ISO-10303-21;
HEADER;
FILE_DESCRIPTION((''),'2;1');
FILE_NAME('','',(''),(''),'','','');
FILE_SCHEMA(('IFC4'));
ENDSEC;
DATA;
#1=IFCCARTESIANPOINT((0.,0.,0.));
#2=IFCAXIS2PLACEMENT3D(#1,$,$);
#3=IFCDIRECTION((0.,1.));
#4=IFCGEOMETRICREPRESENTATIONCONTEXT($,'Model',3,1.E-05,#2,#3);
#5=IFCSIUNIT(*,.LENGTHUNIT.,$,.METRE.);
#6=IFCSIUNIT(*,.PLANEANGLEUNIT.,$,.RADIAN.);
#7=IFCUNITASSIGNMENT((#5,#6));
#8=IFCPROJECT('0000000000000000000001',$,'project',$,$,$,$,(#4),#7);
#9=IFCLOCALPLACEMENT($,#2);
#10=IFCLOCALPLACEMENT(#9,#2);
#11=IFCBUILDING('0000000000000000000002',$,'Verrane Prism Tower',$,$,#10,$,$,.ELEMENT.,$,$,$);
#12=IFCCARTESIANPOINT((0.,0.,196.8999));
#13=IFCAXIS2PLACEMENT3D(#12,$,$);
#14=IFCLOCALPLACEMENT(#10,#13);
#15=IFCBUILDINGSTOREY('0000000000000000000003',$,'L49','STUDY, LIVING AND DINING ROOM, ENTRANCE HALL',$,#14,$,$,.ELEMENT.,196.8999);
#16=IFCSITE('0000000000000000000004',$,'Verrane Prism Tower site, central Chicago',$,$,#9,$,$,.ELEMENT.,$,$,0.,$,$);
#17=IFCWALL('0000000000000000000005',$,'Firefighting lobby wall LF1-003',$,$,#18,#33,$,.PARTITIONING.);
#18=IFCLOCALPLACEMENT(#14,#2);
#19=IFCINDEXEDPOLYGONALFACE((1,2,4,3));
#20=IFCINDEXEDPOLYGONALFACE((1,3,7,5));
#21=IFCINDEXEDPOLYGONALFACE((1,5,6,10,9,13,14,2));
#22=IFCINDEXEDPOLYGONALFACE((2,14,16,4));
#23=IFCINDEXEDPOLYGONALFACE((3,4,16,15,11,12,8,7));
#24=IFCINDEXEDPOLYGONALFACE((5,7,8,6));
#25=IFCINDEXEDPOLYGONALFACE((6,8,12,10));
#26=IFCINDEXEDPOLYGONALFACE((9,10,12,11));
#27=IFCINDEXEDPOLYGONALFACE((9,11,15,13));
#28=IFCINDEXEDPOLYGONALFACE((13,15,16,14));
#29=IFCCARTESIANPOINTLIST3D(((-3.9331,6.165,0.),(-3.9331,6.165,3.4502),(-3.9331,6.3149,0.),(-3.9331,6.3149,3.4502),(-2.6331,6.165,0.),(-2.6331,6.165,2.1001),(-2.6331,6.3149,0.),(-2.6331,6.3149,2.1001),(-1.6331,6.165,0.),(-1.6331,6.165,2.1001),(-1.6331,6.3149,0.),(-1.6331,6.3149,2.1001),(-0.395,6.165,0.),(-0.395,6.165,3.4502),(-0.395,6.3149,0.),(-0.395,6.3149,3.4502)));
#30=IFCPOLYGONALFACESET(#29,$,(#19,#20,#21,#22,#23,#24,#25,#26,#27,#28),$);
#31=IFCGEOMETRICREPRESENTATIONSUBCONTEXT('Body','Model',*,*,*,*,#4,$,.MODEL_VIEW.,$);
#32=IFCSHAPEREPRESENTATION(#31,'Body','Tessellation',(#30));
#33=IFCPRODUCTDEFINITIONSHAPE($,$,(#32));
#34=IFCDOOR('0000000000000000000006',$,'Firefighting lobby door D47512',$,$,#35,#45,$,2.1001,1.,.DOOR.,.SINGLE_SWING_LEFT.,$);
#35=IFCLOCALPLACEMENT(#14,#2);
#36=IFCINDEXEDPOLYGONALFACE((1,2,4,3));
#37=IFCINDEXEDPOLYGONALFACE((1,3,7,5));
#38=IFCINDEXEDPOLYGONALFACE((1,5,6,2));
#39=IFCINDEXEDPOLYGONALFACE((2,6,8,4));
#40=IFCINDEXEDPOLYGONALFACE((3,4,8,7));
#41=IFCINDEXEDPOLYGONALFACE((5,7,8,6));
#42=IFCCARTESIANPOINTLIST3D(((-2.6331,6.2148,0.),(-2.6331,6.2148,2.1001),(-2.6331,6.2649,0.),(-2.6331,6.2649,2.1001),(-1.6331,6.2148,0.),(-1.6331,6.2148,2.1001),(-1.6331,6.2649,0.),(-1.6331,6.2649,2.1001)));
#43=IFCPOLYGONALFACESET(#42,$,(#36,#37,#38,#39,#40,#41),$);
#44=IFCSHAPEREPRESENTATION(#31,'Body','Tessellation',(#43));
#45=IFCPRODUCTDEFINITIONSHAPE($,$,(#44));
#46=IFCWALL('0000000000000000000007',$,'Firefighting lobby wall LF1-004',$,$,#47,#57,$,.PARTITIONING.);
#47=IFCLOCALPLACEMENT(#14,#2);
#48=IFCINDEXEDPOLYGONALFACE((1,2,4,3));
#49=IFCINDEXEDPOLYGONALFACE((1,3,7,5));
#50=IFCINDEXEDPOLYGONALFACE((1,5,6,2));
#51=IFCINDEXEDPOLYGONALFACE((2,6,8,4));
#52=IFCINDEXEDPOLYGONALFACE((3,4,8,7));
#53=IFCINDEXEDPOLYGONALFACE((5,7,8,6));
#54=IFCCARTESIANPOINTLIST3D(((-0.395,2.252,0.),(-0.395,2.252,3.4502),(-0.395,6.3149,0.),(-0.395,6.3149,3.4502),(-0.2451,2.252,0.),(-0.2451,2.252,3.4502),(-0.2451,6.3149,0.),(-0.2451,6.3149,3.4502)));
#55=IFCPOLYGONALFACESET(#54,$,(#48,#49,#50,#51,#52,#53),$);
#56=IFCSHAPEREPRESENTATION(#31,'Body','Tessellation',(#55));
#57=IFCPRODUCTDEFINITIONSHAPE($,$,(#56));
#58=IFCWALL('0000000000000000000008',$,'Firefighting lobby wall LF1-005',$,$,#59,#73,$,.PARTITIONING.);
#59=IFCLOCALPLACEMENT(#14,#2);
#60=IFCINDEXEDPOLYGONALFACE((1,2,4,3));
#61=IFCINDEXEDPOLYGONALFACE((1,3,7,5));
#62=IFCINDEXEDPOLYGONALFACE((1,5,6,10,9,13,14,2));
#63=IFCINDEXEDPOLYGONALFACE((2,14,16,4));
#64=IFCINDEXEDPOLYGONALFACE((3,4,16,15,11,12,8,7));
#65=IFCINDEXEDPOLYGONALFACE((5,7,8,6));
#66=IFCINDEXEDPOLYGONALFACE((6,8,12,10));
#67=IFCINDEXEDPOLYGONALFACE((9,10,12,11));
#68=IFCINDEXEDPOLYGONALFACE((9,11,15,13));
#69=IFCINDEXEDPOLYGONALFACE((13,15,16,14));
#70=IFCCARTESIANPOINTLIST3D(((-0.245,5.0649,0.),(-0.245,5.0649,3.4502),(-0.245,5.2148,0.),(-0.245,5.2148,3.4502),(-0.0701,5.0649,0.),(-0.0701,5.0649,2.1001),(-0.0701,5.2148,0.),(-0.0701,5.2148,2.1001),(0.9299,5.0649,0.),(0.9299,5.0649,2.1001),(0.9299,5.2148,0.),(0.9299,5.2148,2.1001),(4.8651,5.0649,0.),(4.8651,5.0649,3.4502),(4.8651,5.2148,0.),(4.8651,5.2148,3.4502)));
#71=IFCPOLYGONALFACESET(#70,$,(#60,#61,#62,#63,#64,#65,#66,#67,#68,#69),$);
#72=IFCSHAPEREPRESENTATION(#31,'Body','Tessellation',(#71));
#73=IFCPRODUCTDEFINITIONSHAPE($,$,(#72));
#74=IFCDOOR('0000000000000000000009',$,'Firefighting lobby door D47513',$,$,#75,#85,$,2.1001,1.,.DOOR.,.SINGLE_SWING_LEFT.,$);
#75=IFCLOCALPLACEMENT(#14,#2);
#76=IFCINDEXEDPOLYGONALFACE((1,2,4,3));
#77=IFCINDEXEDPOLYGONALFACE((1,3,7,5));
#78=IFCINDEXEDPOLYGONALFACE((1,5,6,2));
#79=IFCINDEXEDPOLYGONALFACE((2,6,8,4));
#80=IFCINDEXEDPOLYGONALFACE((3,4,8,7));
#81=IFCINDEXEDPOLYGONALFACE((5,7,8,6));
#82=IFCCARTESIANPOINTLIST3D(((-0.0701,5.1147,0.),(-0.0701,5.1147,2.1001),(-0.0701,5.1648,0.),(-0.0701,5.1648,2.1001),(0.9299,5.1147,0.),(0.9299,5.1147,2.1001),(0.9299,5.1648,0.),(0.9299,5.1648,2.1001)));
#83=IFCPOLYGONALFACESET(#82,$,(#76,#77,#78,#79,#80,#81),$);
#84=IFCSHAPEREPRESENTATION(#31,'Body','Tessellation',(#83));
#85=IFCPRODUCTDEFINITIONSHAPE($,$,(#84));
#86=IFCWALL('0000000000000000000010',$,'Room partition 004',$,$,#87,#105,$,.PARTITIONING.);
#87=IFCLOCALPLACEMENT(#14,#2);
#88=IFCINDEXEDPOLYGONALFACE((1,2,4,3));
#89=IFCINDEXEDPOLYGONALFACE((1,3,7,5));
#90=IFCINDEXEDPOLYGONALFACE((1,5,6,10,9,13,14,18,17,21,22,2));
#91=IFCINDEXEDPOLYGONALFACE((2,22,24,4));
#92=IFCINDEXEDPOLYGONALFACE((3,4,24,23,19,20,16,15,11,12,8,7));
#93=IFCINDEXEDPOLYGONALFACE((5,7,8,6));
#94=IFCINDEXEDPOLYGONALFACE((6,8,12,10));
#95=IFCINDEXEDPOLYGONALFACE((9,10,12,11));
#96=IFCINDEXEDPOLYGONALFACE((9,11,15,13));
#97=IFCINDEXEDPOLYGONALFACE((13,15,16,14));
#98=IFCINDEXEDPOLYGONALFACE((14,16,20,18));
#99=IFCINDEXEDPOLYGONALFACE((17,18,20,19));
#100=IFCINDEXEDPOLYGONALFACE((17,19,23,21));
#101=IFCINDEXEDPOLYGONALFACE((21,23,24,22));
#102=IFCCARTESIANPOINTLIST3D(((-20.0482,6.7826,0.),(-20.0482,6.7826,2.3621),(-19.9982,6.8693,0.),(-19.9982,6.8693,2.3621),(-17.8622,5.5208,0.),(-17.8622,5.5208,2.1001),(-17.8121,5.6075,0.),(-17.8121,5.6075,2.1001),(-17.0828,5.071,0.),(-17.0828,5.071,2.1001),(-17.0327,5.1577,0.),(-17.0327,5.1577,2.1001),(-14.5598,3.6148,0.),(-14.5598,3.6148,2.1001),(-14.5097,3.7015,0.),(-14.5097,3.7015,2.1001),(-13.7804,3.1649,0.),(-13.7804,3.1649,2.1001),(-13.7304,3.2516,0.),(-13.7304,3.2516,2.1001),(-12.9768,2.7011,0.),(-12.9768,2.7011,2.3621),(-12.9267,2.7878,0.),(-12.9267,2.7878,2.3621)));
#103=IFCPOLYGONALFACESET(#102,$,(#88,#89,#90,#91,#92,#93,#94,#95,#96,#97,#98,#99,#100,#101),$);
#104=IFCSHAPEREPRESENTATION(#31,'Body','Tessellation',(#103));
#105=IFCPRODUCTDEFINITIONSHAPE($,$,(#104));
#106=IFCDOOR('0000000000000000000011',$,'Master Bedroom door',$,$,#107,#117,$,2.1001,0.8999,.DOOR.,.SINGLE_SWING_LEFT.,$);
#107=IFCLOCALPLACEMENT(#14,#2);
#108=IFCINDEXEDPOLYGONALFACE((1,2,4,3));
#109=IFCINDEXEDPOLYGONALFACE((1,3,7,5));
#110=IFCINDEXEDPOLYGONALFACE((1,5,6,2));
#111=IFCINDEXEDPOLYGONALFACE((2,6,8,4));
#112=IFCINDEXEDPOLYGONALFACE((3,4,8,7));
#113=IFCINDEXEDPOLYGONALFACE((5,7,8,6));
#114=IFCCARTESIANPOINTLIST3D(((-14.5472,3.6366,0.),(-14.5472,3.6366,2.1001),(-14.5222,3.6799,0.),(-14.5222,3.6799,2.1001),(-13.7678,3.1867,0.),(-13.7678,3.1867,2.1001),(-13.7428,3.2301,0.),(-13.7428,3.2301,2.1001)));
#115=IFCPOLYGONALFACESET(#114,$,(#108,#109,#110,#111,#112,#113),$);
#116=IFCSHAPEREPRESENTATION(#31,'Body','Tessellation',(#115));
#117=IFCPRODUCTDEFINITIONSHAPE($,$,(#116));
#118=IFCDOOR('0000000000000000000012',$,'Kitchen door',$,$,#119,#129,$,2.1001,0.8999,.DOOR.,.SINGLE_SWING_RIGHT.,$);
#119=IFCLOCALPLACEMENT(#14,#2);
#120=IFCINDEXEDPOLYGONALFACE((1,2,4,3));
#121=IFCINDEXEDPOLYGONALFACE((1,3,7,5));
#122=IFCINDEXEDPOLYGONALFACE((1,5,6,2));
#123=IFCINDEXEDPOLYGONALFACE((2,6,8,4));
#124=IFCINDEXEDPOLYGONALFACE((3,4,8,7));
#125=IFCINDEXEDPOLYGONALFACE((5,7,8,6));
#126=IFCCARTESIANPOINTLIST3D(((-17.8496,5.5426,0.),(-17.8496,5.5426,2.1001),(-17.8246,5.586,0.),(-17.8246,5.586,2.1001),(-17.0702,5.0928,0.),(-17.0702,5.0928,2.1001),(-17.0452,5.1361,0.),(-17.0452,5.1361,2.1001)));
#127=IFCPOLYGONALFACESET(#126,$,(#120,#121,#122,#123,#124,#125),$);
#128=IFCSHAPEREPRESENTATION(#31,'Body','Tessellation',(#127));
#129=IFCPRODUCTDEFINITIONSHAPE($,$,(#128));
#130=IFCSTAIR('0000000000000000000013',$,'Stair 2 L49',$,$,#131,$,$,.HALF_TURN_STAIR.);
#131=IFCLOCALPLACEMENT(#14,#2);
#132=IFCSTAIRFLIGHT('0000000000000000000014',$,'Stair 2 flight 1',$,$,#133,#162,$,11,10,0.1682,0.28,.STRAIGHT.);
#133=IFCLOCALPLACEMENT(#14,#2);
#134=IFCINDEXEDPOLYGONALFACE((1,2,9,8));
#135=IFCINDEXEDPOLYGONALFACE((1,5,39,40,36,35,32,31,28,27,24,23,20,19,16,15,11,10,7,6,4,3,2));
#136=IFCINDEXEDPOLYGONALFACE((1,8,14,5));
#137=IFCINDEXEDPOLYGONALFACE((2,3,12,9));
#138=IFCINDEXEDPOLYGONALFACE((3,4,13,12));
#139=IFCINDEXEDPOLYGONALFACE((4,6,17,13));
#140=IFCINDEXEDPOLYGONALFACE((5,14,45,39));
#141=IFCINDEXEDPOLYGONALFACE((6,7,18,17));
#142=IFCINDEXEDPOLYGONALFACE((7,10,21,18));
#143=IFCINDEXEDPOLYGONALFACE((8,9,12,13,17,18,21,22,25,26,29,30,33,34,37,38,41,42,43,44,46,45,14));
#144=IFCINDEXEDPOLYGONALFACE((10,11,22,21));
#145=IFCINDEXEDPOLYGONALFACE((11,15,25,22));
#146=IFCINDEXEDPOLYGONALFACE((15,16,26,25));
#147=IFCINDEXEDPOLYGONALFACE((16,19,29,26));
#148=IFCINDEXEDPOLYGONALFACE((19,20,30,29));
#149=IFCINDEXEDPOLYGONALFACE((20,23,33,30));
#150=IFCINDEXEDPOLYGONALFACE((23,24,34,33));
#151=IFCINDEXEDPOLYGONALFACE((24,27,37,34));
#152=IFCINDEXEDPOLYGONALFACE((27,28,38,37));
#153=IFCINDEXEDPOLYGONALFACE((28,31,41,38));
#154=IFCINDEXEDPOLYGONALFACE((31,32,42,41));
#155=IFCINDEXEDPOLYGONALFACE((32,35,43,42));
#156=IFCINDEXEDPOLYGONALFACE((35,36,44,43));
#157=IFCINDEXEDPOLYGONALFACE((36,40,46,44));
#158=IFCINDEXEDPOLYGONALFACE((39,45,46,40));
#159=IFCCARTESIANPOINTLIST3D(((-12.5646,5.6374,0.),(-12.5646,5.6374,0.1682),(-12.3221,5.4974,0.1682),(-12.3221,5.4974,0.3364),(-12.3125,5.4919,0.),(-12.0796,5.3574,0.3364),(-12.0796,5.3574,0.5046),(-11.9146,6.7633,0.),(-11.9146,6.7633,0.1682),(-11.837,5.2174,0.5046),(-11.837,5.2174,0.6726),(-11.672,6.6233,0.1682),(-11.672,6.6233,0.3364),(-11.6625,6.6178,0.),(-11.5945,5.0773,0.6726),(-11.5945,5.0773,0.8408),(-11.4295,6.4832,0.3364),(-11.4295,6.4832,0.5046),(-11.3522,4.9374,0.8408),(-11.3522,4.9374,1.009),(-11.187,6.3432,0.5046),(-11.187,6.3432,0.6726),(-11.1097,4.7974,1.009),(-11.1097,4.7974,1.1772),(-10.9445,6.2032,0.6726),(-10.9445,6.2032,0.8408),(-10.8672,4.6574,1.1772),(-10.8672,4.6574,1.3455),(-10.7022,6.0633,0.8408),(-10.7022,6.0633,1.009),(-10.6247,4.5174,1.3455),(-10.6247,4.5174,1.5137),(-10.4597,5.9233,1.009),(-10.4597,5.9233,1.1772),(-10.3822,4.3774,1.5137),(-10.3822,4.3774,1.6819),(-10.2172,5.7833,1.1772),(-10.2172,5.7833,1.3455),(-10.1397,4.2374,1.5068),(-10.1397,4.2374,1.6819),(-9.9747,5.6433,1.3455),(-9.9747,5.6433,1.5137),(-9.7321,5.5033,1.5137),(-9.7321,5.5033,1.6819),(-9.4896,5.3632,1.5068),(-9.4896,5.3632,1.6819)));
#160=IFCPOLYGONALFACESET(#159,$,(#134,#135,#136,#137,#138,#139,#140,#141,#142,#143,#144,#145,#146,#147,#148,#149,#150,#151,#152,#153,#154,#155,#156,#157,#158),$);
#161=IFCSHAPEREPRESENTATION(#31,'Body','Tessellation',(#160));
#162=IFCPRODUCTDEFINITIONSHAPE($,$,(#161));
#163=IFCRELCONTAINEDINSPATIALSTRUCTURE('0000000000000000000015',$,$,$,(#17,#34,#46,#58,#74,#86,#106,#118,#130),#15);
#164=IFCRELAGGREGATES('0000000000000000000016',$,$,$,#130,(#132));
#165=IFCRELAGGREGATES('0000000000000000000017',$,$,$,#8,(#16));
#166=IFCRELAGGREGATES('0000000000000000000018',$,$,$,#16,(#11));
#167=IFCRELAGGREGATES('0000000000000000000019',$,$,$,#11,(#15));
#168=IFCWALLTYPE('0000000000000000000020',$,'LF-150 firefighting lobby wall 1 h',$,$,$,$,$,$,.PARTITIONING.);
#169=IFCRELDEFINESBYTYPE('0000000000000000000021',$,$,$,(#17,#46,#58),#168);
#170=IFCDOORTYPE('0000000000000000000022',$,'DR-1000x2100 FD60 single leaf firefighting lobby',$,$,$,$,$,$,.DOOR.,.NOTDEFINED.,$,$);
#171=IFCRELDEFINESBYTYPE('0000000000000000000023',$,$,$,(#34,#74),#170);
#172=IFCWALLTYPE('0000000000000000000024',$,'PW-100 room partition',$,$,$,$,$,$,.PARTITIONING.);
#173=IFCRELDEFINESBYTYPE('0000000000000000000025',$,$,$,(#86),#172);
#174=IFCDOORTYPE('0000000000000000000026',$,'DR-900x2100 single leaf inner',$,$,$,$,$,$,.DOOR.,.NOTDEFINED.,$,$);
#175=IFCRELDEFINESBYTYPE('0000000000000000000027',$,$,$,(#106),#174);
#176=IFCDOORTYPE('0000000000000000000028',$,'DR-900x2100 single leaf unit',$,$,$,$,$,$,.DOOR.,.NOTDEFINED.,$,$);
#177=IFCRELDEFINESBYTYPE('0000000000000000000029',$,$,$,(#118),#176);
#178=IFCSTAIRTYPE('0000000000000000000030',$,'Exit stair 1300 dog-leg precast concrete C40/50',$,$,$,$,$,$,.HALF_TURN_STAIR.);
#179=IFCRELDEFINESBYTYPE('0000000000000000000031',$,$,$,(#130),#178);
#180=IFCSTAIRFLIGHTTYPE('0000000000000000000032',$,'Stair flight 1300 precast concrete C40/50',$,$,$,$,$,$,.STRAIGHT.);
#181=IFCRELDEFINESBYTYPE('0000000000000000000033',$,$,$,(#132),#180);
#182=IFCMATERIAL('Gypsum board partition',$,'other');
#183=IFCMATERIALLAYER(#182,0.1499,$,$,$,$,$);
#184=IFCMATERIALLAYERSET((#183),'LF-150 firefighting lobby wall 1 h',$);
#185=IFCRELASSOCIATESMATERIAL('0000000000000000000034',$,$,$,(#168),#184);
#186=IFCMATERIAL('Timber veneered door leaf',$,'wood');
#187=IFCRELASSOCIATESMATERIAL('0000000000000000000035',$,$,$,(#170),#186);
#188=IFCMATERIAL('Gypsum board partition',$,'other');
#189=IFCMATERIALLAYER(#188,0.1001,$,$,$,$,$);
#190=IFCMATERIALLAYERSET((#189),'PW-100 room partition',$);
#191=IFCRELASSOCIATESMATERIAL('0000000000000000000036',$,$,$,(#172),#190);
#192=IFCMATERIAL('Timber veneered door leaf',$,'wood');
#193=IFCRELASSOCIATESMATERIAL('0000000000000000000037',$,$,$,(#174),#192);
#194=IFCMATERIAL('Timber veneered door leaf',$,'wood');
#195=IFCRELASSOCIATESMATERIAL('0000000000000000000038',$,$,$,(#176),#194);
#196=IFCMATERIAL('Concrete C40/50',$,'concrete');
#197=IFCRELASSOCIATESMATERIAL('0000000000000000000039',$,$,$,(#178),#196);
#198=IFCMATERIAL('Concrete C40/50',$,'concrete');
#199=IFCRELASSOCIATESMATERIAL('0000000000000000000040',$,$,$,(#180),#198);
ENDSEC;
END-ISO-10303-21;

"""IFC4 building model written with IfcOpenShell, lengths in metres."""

from ifc_helpers import new_model, si_unit, direction, frame, frame_2d, origin, place, context, subcontext, project, spatial, polyline, rectangle, outline, extrude, material, layer, layer_set, type_object, element, fill, aggregate, save


model = new_model("IFC4")

# Units and contexts
model_context = context("Model", 3, precision=1e-05, world=origin(), true_north=direction((0.0, 1.0)))
body_context = subcontext(model_context, "Body", "Model", "MODEL_VIEW")
ifc_project = project(units=[si_unit("LENGTHUNIT", "METRE"), si_unit("PLANEANGLEUNIT", "RADIAN")], contexts=[model_context])

# Site, building, storey
site_placement = place(None, origin())
site = spatial("IfcSite", under=ifc_project, at=site_placement, Name="Verrane Prism Tower site, central Chicago", CompositionType="ELEMENT", RefElevation=0.0)
building_placement = place(site_placement, origin())
building = spatial("IfcBuilding", under=site, at=building_placement, Name="Verrane Prism Tower", CompositionType="ELEMENT")
storey_placement = place(building_placement, frame((0.0, 0.0, 196.8999)))
storey = spatial("IfcBuildingStorey", under=building, at=storey_placement, Name="L49", Description="STUDY, LIVING AND DINING ROOM, ENTRANCE HALL", CompositionType="ELEMENT", Elevation=196.8999)

# Shared definitions
ifc_material_1 = material(Name="Gypsum board partition", Category="other")
ifc_layer_1 = layer(ifc_material_1, 0.1499)
ifc_layer_set_1 = layer_set([ifc_layer_1], Name="LF-150 firefighting lobby wall 1 h")
wall_type_1 = type_object("IfcWallType", Name="LF-150 firefighting lobby wall 1 h", PredefinedType="PARTITIONING", material=ifc_layer_set_1)

# Wall, opening, door
wall_1_placement = place(storey_placement, frame((-3.9331, 6.24, 0.0), z_axis=(0.0, 0.0, 1.0), x_axis=(1.0, 0.0, 0.0)))
wall_1 = element("IfcWall", 1, at=wall_1_placement, inside=storey, type_object=wall_type_1, Name="Firefighting lobby wall LF1-003", PredefinedType="PARTITIONING", context=body_context, shape_type="SweptSolid", body=[
    extrude(rectangle(XDim=3.5381, YDim=0.1499, at=frame_2d((1.769, 0.0))), origin(), (0.0, 0.0, 1.0), 3.4502),
])
opening_1_placement = place(wall_1_placement, frame((1.3, 0.0, 0.0)))
opening_1 = element("IfcOpeningElement", 2, at=opening_1_placement, cuts=wall_1, PredefinedType="OPENING", context=body_context, shape_type="SweptSolid", body=[
    extrude(rectangle(XDim=1.0, YDim=2.1001, at=frame_2d((0.5, 1.05))), frame((0.0, 0.085, 0.0), z_axis=(0.0, -1.0, 0.0), x_axis=(1.0, 0.0, 0.0)), (0.0, 0.0, 1.0), 0.1699),
])
ifc_material_2 = material(Name="Timber veneered door leaf", Category="wood")
door_type_1 = type_object("IfcDoorType", Name="DR-1000x2100 FD60 single leaf firefighting lobby", OperationType="NOTDEFINED", PredefinedType="DOOR", material=ifc_material_2)
door_1_placement = place(opening_1_placement, origin())
door_1 = element("IfcDoor", 3, at=door_1_placement, inside=storey, type_object=door_type_1, Name="Firefighting lobby door D47512", OperationType="SINGLE_SWING_LEFT", OverallHeight=2.1001, OverallWidth=1.0, PredefinedType="DOOR", context=body_context, shape_type="SweptSolid", body=[
    extrude(rectangle(XDim=1.0, YDim=2.1001, at=frame_2d((0.5, 1.05))), frame((0.0, 0.0249, 0.0), z_axis=(0.0, -1.0, 0.0), x_axis=(1.0, 0.0, 0.0)), (0.0, 0.0, 1.0), 0.05),
])
fill(opening_1, door_1)

# Wall
wall_2_placement = place(storey_placement, frame((-0.3201, 2.252, 0.0), z_axis=(0.0, 0.0, 1.0), x_axis=(0.0, 1.0, 0.0)))
element("IfcWall", 4, at=wall_2_placement, inside=storey, type_object=wall_type_1, Name="Firefighting lobby wall LF1-004", PredefinedType="PARTITIONING", context=body_context, shape_type="SweptSolid", body=[
    extrude(rectangle(XDim=4.063, YDim=0.1499, at=frame_2d((2.0315, 0.0))), origin(), (0.0, 0.0, 1.0), 3.4502),
])

# Wall, opening, door
wall_3_placement = place(storey_placement, frame((-0.2451, 5.1399, 0.0), z_axis=(0.0, 0.0, 1.0), x_axis=(1.0, 0.0, 0.0)))
wall_3 = element("IfcWall", 5, at=wall_3_placement, inside=storey, type_object=wall_type_1, Name="Firefighting lobby wall LF1-005", PredefinedType="PARTITIONING", context=body_context, shape_type="SweptSolid", body=[
    extrude(rectangle(XDim=5.1101, YDim=0.1499, at=frame_2d((2.5552, 0.0))), origin(), (0.0, 0.0, 1.0), 3.4502),
])
opening_2_placement = place(wall_3_placement, frame((0.175, 0.0, 0.0)))
opening_2 = element("IfcOpeningElement", 6, at=opening_2_placement, cuts=wall_3, PredefinedType="OPENING", context=body_context, shape_type="SweptSolid", body=[
    extrude(rectangle(XDim=1.0, YDim=2.1001, at=frame_2d((0.5, 1.05))), frame((0.0, 0.085, 0.0), z_axis=(0.0, -1.0, 0.0), x_axis=(1.0, 0.0, 0.0)), (0.0, 0.0, 1.0), 0.1699),
])
door_2_placement = place(opening_2_placement, origin())
door_2 = element("IfcDoor", 7, at=door_2_placement, inside=storey, type_object=door_type_1, Name="Firefighting lobby door D47513", OperationType="SINGLE_SWING_LEFT", OverallHeight=2.1001, OverallWidth=1.0, PredefinedType="DOOR", context=body_context, shape_type="SweptSolid", body=[
    extrude(rectangle(XDim=1.0, YDim=2.1001, at=frame_2d((0.5, 1.05))), frame((0.0, 0.0249, 0.0), z_axis=(0.0, -1.0, 0.0), x_axis=(1.0, 0.0, 0.0)), (0.0, 0.0, 1.0), 0.05),
])
fill(opening_2, door_2)

# Wall, openings, doors
ifc_material_3 = material(Name="Gypsum board partition", Category="other")
ifc_layer_2 = layer(ifc_material_3, 0.1001)
ifc_layer_set_2 = layer_set([ifc_layer_2], Name="PW-100 room partition")
wall_type_2 = type_object("IfcWallType", Name="PW-100 room partition", PredefinedType="PARTITIONING", material=ifc_layer_set_2)
wall_4_placement = place(storey_placement, frame((-12.9517, 2.7444, 0.0), z_axis=(0.0, 0.0, 1.0), x_axis=(-0.866089, 0.499889, 0.0)))
wall_4 = element("IfcWall", 8, at=wall_4_placement, inside=storey, type_object=wall_type_2, Name="Room partition 004", PredefinedType="PARTITIONING", context=body_context, shape_type="SweptSolid", body=[
    extrude(rectangle(XDim=8.1648, YDim=0.1001, at=frame_2d((4.0825, 0.0))), origin(), (0.0, 0.0, 1.0), 2.3621),
])
opening_3_placement = place(wall_4_placement, frame((4.741, 0.0, 0.0)))
opening_3 = element("IfcOpeningElement", 9, at=opening_3_placement, cuts=wall_4, PredefinedType="OPENING", context=body_context, shape_type="SweptSolid", body=[
    extrude(rectangle(XDim=0.8999, YDim=2.1001, at=frame_2d((0.45, 1.05))), frame((0.0, 0.0601, 0.0), z_axis=(0.0, -1.0, 0.0), x_axis=(1.0, 0.0, 0.0)), (0.0, 0.0, 1.0), 0.1201),
])
opening_4_placement = place(wall_4_placement, frame((0.928, 0.0, 0.0)))
opening_4 = element("IfcOpeningElement", 10, at=opening_4_placement, cuts=wall_4, PredefinedType="OPENING", context=body_context, shape_type="SweptSolid", body=[
    extrude(rectangle(XDim=0.8999, YDim=2.1001, at=frame_2d((0.45, 1.05))), frame((0.0, 0.0601, 0.0), z_axis=(0.0, -1.0, 0.0), x_axis=(1.0, 0.0, 0.0)), (0.0, 0.0, 1.0), 0.1201),
])
ifc_material_4 = material(Name="Timber veneered door leaf", Category="wood")
door_type_2 = type_object("IfcDoorType", Name="DR-900x2100 single leaf inner", OperationType="NOTDEFINED", PredefinedType="DOOR", material=ifc_material_4)
door_3_placement = place(opening_4_placement, origin())
door_3 = element("IfcDoor", 11, at=door_3_placement, inside=storey, type_object=door_type_2, Name="Master Bedroom door", OperationType="SINGLE_SWING_LEFT", OverallHeight=2.1001, OverallWidth=0.8999, PredefinedType="DOOR", context=body_context, shape_type="SweptSolid", body=[
    extrude(rectangle(XDim=0.8999, YDim=2.1001, at=frame_2d((0.45, 1.05))), frame((0.0, 0.0249, 0.0), z_axis=(0.0, -1.0, 0.0), x_axis=(1.0, 0.0, 0.0)), (0.0, 0.0, 1.0), 0.05),
])
fill(opening_4, door_3)
ifc_material_5 = material(Name="Timber veneered door leaf", Category="wood")
door_type_3 = type_object("IfcDoorType", Name="DR-900x2100 single leaf unit", OperationType="NOTDEFINED", PredefinedType="DOOR", material=ifc_material_5)
door_4_placement = place(opening_3_placement, origin())
door_4 = element("IfcDoor", 12, at=door_4_placement, inside=storey, type_object=door_type_3, Name="Kitchen door", OperationType="SINGLE_SWING_RIGHT", OverallHeight=2.1001, OverallWidth=0.8999, PredefinedType="DOOR", context=body_context, shape_type="SweptSolid", body=[
    extrude(rectangle(XDim=0.8999, YDim=2.1001, at=frame_2d((0.45, 1.05))), frame((0.0, 0.0249, 0.0), z_axis=(0.0, -1.0, 0.0), x_axis=(1.0, 0.0, 0.0)), (0.0, 0.0, 1.0), 0.05),
])
fill(opening_3, door_4)

# Stair, stair flight
ifc_material_6 = material(Name="Concrete C40/50", Category="concrete")
stair_type = type_object("IfcStairType", Name="Exit stair 1300 dog-leg precast concrete C40/50", PredefinedType="HALF_TURN_STAIR", material=ifc_material_6)
stair_placement = place(storey_placement, origin())
stair = element("IfcStair", 13, at=stair_placement, inside=storey, type_object=stair_type, Name="Stair 2 L49", PredefinedType="HALF_TURN_STAIR")
ifc_material_7 = material(Name="Concrete C40/50", Category="concrete")
stair_flight_type = type_object("IfcStairFlightType", Name="Stair flight 1300 precast concrete C40/50", PredefinedType="STRAIGHT", material=ifc_material_7)
stair_flight_1_placement = place(storey_placement, frame((-12.2395, 6.2004, 0.0), z_axis=(0.0, 0.0, 1.0), x_axis=(0.866025, -0.5, 0.0)))
stair_flight_1 = element("IfcStairFlight", 14, at=stair_flight_1_placement, type_object=stair_flight_type, Name="Stair 2 flight 1", NumberOfRisers=11, NumberOfTreads=10, PredefinedType="STRAIGHT", RiserHeight=0.1682, TreadLength=0.28, context=body_context, shape_type="SweptSolid", body=[
    extrude(outline(polyline([(0.0, 0.0), (0.0, 0.1682), (0.28, 0.1682), (0.28, 0.3364), (0.5601, 0.3364), (0.5601, 0.5046), (0.8401, 0.5046), (0.8401, 0.6726), (1.1201, 0.6726), (1.1201, 0.8408), (1.3999, 0.8408), (1.3999, 1.009), (1.6799, 1.009), (1.6799, 1.1772), (1.96, 1.1772), (1.96, 1.3455), (2.24, 1.3455), (2.24, 1.5137), (2.52, 1.5137), (2.52, 1.6819), (2.8, 1.6819), (2.8, 1.8501), (2.8, 1.5068), (0.291, 0.0), (0.0, 0.0)])), frame((0.0, 0.6499, 0.0), z_axis=(0.0, -1.0, 0.0), x_axis=(1.0, 0.0, 0.0)), (0.0, 0.0, 1.0), 1.3),
])
aggregate(stair, [stair_flight_1])

save(model, "model.ifc")
